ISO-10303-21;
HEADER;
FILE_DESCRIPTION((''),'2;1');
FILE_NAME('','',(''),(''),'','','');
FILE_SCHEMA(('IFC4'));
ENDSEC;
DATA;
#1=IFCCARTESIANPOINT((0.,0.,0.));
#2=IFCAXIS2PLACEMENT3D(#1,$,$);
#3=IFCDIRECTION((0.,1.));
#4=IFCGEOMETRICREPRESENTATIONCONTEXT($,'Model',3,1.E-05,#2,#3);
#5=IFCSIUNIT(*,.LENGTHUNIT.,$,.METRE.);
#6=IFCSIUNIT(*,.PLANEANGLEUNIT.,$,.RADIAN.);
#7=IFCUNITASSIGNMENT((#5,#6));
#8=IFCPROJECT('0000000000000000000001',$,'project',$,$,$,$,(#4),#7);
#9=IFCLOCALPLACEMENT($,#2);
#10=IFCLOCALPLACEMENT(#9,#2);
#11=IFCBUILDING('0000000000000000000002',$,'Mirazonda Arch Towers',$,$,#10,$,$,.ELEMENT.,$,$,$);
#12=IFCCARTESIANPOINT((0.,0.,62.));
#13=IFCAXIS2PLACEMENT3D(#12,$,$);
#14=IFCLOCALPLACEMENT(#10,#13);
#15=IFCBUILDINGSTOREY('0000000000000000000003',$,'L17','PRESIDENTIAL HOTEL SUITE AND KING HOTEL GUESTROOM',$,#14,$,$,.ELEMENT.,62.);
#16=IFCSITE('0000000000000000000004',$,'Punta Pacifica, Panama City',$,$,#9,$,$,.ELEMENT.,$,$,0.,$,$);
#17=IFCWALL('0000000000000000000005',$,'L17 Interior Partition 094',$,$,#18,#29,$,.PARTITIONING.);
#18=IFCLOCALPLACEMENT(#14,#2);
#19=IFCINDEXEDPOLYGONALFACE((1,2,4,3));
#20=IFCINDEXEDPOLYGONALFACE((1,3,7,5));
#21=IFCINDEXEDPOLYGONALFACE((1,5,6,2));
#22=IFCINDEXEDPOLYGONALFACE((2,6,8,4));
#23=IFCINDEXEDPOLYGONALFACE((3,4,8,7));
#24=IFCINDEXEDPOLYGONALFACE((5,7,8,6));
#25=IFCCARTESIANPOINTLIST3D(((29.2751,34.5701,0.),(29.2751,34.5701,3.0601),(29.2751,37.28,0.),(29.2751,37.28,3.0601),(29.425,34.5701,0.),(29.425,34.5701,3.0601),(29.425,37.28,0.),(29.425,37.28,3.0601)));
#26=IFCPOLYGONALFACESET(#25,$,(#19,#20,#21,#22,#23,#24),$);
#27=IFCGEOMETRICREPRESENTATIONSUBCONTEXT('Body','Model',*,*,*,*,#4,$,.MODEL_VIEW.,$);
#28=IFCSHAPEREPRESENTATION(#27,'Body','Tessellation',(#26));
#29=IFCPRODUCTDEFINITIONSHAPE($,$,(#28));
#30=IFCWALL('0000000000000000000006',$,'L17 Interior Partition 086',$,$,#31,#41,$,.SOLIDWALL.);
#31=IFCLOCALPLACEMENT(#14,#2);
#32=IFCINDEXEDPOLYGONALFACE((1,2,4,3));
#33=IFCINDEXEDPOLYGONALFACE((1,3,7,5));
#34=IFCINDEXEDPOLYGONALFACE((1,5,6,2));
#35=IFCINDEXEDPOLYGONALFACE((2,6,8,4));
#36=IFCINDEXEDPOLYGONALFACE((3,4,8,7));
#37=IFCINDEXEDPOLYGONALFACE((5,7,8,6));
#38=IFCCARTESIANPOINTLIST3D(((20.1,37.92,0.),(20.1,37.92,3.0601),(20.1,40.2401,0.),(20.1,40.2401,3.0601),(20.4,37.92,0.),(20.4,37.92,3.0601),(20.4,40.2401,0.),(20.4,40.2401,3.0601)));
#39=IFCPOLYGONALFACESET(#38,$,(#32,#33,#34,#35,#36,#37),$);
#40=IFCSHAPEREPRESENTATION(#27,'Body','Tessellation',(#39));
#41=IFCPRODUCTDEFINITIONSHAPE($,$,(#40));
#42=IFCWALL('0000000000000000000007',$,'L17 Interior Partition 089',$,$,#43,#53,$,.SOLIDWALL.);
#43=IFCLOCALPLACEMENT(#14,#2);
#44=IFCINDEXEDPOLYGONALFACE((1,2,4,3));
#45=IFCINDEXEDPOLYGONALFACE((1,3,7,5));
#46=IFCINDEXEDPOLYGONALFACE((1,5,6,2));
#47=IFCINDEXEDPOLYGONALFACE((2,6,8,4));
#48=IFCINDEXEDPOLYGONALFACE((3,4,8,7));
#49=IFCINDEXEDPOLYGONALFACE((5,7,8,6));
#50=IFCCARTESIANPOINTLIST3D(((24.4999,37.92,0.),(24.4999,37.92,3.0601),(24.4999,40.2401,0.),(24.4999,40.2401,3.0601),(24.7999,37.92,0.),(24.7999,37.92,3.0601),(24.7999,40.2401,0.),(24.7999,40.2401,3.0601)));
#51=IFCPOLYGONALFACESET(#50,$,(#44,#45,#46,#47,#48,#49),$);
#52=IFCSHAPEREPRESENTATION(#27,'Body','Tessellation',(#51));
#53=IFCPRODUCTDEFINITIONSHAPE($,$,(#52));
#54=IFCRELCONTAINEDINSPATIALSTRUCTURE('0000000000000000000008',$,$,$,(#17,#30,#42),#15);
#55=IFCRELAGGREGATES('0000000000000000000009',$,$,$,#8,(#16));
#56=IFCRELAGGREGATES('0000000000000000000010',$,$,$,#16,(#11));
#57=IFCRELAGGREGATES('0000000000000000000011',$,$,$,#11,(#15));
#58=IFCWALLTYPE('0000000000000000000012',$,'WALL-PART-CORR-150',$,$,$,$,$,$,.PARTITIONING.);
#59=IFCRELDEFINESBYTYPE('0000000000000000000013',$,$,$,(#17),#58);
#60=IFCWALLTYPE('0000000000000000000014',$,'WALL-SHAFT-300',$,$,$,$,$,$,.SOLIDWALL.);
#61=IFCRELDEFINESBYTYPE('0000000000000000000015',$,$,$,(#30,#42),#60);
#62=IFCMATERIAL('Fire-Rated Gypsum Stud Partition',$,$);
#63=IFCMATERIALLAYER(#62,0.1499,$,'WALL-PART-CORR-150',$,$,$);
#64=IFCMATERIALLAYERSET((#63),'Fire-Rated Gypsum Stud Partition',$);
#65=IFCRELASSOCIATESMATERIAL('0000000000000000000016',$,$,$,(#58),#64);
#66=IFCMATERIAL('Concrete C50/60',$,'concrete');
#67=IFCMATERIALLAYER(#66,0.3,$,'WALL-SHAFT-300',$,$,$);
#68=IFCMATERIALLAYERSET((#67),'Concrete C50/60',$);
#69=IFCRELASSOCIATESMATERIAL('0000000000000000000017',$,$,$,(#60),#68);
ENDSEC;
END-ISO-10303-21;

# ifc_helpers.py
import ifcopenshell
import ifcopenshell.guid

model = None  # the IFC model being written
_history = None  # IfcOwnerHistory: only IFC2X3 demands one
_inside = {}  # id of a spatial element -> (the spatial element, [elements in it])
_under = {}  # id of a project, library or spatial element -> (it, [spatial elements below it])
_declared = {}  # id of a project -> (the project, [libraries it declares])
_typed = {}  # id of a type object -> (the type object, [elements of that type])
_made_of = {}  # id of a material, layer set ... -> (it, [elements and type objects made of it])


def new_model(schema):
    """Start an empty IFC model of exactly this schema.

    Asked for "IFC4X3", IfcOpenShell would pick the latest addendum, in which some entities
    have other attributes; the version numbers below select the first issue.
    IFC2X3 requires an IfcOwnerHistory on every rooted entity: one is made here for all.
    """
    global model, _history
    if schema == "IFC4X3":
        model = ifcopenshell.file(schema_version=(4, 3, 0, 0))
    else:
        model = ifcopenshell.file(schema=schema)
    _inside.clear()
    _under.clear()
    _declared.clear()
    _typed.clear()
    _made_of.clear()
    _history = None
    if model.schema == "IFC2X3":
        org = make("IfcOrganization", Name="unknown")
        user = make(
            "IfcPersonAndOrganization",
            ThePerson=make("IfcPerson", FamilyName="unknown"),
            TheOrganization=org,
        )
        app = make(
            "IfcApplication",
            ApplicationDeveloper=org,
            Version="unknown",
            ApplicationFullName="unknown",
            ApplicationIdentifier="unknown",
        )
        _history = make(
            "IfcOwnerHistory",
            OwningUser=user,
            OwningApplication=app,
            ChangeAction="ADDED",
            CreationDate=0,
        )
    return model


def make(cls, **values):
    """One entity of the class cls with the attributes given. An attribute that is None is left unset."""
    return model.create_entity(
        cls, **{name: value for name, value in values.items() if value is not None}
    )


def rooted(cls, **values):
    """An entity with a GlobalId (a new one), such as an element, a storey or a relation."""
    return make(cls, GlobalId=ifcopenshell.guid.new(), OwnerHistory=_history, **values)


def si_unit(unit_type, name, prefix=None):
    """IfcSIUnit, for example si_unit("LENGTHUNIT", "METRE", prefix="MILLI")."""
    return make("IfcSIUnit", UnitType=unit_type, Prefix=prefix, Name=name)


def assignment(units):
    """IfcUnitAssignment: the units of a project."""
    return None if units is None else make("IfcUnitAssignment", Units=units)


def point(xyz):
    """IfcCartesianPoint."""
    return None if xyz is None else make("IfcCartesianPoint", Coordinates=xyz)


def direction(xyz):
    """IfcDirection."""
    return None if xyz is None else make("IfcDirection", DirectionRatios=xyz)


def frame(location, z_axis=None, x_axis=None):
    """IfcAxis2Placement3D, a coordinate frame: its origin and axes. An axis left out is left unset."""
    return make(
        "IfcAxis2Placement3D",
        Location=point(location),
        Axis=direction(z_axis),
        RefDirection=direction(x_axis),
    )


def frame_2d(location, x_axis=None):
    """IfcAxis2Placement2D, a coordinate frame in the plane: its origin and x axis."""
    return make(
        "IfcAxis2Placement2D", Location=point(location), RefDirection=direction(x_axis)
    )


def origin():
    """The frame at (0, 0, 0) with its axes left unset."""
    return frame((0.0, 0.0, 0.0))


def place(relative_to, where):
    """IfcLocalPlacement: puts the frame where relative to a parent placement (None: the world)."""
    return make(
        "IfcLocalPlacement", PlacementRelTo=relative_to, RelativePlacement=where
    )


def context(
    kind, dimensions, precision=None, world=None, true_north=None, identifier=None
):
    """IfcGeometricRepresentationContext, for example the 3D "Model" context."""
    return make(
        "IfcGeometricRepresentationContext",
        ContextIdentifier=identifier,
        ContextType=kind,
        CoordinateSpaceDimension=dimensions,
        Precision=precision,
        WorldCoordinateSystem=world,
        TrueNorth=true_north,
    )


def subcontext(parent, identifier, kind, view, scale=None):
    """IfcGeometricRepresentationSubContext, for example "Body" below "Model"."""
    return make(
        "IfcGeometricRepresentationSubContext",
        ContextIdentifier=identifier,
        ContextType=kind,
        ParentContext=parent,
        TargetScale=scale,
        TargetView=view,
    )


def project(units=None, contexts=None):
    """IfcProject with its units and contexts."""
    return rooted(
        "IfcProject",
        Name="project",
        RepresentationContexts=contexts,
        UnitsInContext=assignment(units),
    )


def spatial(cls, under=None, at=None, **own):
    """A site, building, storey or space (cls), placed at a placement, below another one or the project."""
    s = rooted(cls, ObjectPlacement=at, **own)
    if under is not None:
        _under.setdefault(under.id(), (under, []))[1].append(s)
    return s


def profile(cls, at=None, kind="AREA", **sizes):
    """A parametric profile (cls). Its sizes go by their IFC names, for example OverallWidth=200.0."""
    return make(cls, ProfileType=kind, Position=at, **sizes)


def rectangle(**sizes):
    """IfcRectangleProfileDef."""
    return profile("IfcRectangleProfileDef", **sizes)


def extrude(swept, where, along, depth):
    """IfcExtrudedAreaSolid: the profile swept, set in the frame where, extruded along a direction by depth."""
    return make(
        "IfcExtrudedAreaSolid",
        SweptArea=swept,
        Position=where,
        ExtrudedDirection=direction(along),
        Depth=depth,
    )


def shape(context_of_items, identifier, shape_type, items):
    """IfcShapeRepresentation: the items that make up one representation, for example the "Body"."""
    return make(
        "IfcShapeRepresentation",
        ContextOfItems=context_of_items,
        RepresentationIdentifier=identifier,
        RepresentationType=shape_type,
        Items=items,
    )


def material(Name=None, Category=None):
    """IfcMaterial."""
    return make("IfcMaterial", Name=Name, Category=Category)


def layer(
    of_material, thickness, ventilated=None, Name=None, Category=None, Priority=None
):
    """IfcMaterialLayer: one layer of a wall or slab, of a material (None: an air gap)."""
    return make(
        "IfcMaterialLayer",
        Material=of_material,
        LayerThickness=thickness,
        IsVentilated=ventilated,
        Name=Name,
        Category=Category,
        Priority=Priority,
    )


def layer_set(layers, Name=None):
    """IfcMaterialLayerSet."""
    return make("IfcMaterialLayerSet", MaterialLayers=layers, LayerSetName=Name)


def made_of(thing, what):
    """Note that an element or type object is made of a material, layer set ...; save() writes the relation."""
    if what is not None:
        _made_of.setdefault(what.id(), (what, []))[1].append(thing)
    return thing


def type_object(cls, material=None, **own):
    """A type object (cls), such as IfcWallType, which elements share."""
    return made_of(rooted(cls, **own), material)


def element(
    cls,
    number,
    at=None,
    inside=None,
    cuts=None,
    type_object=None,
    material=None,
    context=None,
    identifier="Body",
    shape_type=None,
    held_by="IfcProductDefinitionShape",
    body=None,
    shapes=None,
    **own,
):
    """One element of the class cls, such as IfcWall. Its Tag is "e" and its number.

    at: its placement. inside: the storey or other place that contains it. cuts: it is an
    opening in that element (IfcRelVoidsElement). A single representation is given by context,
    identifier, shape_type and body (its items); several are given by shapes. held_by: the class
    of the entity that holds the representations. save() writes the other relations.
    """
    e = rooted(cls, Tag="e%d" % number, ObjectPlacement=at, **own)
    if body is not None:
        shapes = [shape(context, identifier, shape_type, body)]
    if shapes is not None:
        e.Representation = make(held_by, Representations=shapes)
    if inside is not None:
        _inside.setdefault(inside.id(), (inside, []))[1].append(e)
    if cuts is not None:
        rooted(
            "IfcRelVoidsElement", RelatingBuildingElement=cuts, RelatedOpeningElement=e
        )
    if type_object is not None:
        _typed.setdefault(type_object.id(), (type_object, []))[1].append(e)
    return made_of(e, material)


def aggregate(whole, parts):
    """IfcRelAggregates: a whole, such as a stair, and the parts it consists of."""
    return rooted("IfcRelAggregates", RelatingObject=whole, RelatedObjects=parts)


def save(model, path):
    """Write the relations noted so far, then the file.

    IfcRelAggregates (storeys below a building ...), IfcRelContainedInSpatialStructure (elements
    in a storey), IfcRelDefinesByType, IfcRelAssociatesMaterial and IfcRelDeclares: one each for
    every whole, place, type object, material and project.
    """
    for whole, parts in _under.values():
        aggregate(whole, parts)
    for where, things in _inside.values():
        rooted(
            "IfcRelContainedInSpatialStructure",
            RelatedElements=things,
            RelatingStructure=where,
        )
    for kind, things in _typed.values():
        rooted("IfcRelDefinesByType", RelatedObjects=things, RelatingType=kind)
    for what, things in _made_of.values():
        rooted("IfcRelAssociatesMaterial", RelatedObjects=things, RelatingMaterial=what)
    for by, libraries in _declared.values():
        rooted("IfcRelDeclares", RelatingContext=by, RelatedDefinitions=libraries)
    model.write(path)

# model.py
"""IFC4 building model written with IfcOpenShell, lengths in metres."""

from ifc_helpers import new_model, si_unit, direction, frame, frame_2d, origin, place, context, subcontext, project, spatial, rectangle, extrude, material, layer, layer_set, type_object, element, save


model = new_model("IFC4")

# Units and contexts
model_context = context("Model", 3, precision=1e-05, world=origin(), true_north=direction((0.0, 1.0)))
body_context = subcontext(model_context, "Body", "Model", "MODEL_VIEW")
ifc_project = project(units=[si_unit("LENGTHUNIT", "METRE"), si_unit("PLANEANGLEUNIT", "RADIAN")], contexts=[model_context])

# Site, building, storey
site_placement = place(None, origin())
site = spatial("IfcSite", under=ifc_project, at=site_placement, Name="Punta Pacifica, Panama City", CompositionType="ELEMENT", RefElevation=0.0)
building_placement = place(site_placement, origin())
building = spatial("IfcBuilding", under=site, at=building_placement, Name="Mirazonda Arch Towers", CompositionType="ELEMENT")
storey_placement = place(building_placement, frame((0.0, 0.0, 62.0)))
storey = spatial("IfcBuildingStorey", under=building, at=storey_placement, Name="L17", Description="PRESIDENTIAL HOTEL SUITE AND KING HOTEL GUESTROOM", CompositionType="ELEMENT", Elevation=62.0)

# Walls
ifc_material_1 = material(Name="Fire-Rated Gypsum Stud Partition")
ifc_layer_1 = layer(ifc_material_1, 0.1499, Name="WALL-PART-CORR-150")
ifc_layer_set_1 = layer_set([ifc_layer_1], Name="Fire-Rated Gypsum Stud Partition")
wall_type_1 = type_object("IfcWallType", Name="WALL-PART-CORR-150", PredefinedType="PARTITIONING", material=ifc_layer_set_1)
wall_1_placement = place(storey_placement, frame((29.3501, 34.5701, 0.0), z_axis=(0.0, 0.0, 1.0), x_axis=(0.0, 1.0, 0.0)))
element("IfcWall", 1, at=wall_1_placement, inside=storey, type_object=wall_type_1, Name="L17 Interior Partition 094", PredefinedType="PARTITIONING", context=body_context, shape_type="SweptSolid", body=[
    extrude(rectangle(XDim=2.71, YDim=0.1499, at=frame_2d((1.355, 0.0))), origin(), (0.0, 0.0, 1.0), 3.0601),
])
ifc_material_2 = material(Name="Concrete C50/60", Category="concrete")
ifc_layer_2 = layer(ifc_material_2, 0.3, Name="WALL-SHAFT-300")
ifc_layer_set_2 = layer_set([ifc_layer_2], Name="Concrete C50/60")
wall_type_2 = type_object("IfcWallType", Name="WALL-SHAFT-300", PredefinedType="SOLIDWALL", material=ifc_layer_set_2)
for number, where, z_axis, x_axis, name in (
    (2, (20.25, 37.9199, 0.0), (0.0, 0.0, 1.0), (0.0, 1.0, 0.0), "L17 Interior Partition 086"),
    (3, (24.6499, 37.9199, 0.0), (0.0, 0.0, 1.0), (0.0, 1.0, 0.0), "L17 Interior Partition 089"),
):
    element("IfcWall", number, at=place(storey_placement, frame(where, z_axis=z_axis, x_axis=x_axis)), inside=storey, type_object=wall_type_2, Name=name, PredefinedType="SOLIDWALL", context=body_context, shape_type="SweptSolid", body=[
        extrude(rectangle(XDim=2.3201, YDim=0.3, at=frame_2d((1.1602, 0.0))), origin(), (0.0, 0.0, 1.0), 3.0601),
    ])

save(model, "model.ifc")
